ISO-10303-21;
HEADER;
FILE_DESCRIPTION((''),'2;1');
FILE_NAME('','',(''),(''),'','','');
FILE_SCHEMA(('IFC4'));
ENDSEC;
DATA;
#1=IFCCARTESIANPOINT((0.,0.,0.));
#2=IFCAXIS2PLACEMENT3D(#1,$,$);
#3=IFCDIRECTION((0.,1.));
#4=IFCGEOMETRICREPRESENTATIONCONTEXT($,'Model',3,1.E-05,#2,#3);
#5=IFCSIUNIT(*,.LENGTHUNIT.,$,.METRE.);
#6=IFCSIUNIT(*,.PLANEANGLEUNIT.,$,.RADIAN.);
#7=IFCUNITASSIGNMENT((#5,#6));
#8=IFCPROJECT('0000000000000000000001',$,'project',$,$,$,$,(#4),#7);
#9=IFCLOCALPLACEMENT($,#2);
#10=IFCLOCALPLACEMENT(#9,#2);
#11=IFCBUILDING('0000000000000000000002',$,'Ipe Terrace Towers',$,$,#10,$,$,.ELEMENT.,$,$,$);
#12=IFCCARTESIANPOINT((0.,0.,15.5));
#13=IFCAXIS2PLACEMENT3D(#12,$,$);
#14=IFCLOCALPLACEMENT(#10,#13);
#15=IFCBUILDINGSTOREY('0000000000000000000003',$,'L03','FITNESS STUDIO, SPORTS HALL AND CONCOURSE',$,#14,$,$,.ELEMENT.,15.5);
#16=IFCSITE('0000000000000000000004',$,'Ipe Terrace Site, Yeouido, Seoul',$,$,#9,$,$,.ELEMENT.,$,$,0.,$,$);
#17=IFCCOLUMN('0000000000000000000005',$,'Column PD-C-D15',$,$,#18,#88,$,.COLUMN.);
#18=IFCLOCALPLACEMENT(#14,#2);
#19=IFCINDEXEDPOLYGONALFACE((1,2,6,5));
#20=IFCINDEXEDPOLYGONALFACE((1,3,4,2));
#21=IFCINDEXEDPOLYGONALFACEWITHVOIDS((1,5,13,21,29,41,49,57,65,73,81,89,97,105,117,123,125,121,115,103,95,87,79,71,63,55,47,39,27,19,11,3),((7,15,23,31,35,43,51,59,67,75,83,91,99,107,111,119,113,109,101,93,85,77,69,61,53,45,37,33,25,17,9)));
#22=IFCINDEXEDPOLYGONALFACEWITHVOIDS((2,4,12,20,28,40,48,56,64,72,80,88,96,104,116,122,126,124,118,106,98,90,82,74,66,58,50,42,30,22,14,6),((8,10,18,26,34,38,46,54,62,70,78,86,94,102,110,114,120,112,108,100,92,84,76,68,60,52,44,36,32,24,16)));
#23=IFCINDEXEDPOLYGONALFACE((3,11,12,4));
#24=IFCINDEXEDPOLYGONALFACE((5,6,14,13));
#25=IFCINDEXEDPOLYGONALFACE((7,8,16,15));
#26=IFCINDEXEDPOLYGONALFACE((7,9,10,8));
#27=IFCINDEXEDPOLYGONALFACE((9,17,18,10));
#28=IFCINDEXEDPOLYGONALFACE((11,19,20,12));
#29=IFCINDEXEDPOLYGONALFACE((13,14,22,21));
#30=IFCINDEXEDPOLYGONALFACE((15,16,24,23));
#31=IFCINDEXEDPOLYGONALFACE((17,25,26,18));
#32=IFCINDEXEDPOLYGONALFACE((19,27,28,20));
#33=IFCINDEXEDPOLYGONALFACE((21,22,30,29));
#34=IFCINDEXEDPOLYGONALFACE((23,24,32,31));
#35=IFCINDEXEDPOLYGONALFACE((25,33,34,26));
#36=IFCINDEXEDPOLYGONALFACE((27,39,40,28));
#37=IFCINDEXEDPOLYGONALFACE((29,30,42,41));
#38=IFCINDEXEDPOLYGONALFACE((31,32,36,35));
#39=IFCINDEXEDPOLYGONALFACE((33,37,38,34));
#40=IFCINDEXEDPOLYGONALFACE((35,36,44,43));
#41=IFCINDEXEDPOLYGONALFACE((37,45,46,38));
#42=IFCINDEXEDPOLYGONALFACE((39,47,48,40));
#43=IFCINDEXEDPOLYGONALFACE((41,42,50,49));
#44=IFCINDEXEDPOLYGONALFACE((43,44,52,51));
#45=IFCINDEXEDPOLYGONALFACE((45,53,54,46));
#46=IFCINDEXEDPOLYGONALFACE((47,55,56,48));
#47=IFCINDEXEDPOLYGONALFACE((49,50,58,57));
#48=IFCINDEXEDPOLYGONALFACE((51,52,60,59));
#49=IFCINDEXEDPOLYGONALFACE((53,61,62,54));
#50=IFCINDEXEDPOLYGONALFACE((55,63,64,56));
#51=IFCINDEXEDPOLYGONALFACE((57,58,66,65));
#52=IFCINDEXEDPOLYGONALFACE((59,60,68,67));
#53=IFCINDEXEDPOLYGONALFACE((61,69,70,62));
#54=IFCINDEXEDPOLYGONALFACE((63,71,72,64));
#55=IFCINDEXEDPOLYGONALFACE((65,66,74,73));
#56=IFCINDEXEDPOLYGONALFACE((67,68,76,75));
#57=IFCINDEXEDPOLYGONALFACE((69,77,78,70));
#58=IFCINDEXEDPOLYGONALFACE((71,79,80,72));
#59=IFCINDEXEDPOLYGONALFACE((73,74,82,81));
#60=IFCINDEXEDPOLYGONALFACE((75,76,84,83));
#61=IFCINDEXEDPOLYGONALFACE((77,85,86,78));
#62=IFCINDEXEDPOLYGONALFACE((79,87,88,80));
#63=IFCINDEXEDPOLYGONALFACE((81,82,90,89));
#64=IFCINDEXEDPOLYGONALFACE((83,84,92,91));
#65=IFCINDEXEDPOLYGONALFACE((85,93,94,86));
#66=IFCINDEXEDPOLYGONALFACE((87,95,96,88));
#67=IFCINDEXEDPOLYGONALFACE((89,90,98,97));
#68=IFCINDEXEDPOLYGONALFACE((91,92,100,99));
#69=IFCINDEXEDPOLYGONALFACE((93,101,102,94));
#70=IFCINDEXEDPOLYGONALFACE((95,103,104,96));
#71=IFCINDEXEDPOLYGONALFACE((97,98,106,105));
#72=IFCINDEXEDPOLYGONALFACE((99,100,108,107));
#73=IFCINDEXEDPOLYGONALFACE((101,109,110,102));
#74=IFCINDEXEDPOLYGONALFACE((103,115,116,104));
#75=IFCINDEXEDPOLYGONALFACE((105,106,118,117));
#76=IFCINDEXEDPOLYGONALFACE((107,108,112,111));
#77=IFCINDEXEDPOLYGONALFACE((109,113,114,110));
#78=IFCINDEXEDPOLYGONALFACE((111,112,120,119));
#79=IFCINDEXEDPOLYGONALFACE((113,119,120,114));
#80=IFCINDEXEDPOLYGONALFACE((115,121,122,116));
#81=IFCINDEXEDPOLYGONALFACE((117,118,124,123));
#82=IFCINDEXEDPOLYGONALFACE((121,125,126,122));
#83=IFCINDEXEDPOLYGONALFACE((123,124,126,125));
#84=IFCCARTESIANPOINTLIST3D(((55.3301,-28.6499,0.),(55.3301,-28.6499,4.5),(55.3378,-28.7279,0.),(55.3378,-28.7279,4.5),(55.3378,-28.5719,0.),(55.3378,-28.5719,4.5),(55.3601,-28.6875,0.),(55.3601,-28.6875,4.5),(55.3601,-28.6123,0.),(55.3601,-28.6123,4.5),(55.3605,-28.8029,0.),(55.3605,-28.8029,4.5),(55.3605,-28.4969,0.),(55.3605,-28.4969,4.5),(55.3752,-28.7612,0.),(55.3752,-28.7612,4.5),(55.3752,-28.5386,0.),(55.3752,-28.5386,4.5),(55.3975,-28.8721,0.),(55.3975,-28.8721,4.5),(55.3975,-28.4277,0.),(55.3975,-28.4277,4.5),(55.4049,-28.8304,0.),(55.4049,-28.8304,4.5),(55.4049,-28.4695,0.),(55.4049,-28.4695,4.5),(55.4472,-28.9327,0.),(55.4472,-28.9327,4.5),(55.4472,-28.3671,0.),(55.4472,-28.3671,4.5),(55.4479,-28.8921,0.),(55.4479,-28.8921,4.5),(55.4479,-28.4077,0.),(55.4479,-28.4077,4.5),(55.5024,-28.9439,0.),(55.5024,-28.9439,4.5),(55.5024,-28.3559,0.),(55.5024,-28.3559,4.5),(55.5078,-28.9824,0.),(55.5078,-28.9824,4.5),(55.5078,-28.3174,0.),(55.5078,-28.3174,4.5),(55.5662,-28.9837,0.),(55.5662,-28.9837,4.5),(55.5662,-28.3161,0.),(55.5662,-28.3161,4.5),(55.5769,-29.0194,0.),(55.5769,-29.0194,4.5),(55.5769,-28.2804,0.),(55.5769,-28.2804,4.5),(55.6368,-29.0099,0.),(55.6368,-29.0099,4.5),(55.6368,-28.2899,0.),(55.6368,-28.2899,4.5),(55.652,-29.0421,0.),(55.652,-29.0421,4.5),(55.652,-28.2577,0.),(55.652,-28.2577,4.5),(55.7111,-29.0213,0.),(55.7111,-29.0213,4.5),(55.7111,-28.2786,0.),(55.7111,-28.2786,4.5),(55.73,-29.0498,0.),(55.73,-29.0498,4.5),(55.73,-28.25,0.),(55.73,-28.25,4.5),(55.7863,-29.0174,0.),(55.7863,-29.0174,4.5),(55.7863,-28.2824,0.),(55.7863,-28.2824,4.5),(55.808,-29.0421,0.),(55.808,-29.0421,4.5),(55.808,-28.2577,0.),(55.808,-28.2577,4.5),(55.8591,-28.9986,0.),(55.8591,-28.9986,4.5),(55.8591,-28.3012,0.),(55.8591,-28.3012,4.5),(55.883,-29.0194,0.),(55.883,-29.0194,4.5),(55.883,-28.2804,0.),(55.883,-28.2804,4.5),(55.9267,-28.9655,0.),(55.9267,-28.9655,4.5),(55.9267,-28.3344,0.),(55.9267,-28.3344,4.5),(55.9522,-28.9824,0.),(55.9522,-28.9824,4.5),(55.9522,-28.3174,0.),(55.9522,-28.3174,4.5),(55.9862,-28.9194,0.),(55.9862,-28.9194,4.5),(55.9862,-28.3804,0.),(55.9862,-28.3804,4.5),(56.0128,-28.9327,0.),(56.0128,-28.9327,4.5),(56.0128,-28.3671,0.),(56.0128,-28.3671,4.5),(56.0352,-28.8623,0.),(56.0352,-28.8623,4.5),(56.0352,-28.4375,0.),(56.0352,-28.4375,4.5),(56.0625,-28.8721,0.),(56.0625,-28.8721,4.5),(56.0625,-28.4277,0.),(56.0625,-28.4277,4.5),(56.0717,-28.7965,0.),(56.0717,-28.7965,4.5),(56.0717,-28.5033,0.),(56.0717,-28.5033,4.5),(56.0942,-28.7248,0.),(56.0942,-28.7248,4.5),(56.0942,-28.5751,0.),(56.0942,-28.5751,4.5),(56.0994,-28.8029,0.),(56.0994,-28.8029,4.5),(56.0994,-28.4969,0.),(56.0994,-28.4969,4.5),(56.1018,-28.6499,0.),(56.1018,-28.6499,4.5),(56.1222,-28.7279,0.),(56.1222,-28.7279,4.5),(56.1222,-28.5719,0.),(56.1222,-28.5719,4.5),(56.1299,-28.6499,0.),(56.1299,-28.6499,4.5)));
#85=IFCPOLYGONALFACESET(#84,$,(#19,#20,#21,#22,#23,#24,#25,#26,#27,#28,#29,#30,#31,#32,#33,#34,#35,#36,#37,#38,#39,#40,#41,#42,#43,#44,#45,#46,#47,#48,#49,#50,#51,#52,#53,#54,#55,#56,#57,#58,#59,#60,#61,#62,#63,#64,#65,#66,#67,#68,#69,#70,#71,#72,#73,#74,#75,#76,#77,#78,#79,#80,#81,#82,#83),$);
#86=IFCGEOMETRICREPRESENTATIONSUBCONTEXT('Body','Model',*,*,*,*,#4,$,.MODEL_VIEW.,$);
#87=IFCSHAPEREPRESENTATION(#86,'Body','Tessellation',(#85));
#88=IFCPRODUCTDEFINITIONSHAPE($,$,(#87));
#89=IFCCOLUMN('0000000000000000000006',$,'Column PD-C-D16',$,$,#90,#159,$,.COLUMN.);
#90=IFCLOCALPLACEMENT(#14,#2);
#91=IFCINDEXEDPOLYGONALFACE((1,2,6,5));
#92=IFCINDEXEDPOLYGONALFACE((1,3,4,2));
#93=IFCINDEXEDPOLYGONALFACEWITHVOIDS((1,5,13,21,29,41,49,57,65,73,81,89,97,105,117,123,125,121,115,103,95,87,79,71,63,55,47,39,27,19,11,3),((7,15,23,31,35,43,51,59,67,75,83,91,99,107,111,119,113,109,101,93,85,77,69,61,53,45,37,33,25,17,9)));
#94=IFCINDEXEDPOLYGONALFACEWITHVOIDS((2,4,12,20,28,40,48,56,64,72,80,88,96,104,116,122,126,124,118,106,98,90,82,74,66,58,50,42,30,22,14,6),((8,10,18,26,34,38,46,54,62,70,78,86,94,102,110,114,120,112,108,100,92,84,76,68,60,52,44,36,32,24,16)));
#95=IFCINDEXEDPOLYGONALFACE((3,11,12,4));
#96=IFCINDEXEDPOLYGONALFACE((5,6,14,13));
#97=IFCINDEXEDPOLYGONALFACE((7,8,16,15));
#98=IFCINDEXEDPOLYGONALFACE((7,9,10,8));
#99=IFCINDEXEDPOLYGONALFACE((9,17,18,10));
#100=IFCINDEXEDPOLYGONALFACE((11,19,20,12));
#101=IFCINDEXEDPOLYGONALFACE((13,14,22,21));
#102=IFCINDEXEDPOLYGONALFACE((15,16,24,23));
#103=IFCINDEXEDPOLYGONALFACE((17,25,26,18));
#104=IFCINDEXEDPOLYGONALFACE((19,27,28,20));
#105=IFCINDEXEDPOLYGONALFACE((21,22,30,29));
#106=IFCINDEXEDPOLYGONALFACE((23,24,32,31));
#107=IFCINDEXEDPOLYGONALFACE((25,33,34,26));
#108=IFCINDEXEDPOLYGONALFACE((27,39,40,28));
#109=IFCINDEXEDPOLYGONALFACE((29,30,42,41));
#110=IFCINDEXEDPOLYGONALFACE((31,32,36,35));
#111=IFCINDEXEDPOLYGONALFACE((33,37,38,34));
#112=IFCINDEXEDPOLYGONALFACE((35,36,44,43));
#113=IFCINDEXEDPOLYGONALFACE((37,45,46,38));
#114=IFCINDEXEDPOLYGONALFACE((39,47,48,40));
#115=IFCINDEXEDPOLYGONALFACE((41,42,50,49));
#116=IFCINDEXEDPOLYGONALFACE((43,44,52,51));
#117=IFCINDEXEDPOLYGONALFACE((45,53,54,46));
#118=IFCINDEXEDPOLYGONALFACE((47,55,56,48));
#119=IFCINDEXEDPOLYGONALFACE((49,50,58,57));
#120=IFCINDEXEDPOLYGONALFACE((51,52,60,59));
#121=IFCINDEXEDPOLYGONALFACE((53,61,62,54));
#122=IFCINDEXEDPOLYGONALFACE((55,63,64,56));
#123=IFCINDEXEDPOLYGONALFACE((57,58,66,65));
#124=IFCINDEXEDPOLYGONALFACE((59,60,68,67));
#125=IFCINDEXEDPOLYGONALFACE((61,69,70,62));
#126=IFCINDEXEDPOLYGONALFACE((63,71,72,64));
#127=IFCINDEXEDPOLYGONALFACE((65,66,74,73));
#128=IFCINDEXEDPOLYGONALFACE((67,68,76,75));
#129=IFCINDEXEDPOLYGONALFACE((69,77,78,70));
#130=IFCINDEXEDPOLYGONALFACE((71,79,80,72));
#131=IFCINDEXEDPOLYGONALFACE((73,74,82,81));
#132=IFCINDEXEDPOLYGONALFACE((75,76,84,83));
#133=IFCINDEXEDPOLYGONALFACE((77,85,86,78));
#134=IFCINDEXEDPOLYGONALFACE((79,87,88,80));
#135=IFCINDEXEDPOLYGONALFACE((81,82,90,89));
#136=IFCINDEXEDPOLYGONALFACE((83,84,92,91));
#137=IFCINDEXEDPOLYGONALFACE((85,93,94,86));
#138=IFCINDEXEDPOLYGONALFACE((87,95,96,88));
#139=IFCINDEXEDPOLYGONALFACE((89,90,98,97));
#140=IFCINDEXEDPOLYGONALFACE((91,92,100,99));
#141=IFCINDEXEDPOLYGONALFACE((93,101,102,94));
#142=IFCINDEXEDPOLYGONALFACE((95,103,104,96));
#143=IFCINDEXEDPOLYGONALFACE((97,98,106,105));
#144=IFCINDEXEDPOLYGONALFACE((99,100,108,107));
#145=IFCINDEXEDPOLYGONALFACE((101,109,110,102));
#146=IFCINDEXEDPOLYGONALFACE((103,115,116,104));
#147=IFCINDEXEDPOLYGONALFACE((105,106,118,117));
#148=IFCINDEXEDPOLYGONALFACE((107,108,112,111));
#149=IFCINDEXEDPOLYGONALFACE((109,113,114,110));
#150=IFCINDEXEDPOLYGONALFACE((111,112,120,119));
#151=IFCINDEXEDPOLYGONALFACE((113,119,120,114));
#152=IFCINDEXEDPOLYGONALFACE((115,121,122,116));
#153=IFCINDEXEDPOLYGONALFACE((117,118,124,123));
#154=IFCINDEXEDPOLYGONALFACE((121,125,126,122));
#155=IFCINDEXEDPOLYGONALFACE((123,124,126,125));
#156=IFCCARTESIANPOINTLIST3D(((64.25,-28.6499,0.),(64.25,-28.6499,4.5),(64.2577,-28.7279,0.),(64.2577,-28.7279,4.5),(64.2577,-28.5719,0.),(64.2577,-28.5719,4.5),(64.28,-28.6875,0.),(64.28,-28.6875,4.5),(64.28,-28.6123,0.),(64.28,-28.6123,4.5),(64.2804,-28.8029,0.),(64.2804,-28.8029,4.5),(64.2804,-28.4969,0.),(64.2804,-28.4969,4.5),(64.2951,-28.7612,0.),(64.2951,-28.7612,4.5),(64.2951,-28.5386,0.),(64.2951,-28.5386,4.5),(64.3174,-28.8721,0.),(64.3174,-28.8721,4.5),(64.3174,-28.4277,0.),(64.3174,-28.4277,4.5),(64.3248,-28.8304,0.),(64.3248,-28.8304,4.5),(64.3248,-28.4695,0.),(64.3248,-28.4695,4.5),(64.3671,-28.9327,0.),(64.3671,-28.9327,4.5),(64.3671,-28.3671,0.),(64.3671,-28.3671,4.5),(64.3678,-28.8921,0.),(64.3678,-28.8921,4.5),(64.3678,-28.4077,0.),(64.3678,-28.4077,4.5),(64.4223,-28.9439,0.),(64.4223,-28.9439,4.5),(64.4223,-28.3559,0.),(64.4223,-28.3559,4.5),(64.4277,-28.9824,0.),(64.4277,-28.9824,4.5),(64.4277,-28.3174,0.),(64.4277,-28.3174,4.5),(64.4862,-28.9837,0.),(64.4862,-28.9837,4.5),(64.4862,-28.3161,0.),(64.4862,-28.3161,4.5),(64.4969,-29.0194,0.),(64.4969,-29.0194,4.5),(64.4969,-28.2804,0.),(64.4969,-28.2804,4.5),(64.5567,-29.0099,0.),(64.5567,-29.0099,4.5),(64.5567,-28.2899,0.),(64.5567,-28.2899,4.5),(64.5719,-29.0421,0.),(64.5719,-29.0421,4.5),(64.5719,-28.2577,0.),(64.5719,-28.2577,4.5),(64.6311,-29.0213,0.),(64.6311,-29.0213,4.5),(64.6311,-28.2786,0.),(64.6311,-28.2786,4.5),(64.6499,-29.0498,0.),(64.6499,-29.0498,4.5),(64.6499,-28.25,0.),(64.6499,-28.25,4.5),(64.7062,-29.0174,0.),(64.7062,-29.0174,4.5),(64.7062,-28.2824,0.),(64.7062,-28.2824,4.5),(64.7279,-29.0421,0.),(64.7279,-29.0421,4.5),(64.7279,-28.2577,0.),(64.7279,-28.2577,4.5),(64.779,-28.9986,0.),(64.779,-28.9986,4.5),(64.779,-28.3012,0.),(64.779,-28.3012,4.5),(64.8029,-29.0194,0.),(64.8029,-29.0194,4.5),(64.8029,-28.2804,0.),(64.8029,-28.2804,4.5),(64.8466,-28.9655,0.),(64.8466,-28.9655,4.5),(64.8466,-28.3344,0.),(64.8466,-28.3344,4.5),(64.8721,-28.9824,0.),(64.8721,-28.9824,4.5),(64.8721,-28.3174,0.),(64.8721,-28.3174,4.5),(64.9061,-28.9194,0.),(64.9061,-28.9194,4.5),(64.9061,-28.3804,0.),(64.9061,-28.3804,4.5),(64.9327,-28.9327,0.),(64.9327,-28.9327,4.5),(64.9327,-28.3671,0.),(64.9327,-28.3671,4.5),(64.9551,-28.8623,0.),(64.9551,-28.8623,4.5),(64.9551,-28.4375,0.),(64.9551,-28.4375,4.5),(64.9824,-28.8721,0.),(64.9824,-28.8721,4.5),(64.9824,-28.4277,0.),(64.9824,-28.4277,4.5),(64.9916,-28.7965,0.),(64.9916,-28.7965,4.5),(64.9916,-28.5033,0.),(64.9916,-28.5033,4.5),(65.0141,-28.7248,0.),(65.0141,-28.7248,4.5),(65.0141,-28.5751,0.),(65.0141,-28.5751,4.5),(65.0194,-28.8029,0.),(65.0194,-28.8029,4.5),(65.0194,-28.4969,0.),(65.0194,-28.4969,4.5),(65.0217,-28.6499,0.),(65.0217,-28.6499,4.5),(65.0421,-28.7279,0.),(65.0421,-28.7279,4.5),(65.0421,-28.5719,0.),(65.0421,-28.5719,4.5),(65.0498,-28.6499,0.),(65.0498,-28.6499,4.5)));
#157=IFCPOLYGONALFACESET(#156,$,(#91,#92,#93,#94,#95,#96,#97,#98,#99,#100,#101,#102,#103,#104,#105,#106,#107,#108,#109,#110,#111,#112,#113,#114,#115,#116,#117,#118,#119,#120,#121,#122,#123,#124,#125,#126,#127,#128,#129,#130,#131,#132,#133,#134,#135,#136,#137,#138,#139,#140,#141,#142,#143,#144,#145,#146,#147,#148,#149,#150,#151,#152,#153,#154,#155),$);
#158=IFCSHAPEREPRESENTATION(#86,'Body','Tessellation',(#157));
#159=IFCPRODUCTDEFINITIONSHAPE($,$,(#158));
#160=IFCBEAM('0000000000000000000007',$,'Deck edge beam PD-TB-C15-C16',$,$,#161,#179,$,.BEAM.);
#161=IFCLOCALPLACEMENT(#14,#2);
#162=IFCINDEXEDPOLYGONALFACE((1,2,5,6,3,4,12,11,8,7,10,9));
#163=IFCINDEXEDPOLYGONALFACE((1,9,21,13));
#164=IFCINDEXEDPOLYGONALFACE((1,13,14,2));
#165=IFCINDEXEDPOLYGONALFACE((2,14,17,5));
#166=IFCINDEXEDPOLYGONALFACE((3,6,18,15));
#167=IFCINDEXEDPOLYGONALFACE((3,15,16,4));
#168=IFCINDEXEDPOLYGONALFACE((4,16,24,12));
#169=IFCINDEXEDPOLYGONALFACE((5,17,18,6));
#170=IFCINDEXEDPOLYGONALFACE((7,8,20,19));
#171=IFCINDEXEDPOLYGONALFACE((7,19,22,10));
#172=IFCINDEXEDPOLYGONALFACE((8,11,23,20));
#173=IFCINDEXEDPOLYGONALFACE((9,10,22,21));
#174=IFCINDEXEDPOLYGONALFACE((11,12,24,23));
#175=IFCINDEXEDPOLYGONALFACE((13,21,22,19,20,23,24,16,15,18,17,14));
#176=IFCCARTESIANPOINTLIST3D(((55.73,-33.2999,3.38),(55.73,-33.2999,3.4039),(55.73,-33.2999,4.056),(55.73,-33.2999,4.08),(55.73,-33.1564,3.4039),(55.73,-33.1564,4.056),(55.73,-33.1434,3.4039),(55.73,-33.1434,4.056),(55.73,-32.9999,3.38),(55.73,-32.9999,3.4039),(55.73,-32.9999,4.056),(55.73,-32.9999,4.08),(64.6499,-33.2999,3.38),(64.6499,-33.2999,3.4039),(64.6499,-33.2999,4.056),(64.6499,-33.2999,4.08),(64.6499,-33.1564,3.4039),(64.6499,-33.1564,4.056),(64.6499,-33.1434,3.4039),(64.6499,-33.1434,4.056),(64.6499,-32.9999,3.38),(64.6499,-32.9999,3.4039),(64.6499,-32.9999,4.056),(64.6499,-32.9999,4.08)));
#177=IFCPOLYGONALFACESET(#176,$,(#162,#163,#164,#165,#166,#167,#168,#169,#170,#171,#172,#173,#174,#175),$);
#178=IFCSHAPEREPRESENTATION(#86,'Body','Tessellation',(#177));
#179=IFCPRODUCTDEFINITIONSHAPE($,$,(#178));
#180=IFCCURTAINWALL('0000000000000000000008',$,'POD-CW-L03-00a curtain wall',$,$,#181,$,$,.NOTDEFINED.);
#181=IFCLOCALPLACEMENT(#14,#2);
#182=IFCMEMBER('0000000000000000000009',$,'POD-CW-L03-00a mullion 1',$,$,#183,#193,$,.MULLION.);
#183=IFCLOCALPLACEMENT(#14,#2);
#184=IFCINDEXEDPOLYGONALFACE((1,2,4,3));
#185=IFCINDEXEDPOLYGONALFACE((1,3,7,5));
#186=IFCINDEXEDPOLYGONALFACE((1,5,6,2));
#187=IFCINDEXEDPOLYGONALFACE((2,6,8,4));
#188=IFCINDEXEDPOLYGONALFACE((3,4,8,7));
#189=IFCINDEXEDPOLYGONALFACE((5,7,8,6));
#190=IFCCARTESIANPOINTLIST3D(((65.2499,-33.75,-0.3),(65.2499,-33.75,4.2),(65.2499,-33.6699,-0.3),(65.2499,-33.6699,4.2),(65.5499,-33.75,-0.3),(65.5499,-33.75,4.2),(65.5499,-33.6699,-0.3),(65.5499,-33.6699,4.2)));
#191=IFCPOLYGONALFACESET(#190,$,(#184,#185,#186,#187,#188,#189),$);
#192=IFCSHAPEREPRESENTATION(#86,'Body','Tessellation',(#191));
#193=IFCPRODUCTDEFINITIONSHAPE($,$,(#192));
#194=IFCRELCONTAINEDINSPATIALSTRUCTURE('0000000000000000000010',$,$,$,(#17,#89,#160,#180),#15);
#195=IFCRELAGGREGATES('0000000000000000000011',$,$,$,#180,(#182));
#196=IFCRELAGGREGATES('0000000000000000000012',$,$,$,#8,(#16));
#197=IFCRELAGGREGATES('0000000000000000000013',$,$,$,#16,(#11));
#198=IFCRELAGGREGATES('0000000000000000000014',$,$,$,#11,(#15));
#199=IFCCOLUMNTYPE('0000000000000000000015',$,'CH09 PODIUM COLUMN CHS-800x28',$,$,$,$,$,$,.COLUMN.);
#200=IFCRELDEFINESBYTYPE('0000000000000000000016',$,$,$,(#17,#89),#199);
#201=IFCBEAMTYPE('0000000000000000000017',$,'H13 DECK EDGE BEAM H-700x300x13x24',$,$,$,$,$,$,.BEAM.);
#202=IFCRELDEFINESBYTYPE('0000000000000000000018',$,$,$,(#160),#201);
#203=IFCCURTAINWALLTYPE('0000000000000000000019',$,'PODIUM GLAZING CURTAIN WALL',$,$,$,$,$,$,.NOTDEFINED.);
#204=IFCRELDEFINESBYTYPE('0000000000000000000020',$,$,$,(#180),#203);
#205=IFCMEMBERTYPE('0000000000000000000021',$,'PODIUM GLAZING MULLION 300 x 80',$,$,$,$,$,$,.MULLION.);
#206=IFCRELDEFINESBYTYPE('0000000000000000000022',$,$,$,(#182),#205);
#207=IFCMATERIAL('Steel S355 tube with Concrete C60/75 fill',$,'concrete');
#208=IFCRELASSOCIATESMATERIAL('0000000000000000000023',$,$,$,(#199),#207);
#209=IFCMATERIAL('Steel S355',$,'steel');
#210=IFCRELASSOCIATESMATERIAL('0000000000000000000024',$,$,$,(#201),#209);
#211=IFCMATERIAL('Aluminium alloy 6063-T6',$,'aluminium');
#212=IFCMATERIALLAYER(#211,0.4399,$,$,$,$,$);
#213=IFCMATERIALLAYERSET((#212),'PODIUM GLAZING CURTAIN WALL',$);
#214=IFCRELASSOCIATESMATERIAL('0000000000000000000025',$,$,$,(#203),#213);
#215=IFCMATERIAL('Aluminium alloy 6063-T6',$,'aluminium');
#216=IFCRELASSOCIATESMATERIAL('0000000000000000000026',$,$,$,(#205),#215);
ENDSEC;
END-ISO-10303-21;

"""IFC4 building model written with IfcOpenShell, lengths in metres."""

from ifc_helpers import new_model, si_unit, direction, frame, origin, origin_2d, place, context, subcontext, project, spatial, rectangle, hollow_circle, i_section, extrude, material, layer, layer_set, material_profile, profile_set, type_object, element, aggregate, save


model = new_model("IFC4")

# Units and contexts
model_context = context("Model", 3, precision=1e-05, world=origin(), true_north=direction((0.0, 1.0)))
body_context = subcontext(model_context, "Body", "Model", "MODEL_VIEW")
ifc_project = project(units=[si_unit("LENGTHUNIT", "METRE"), si_unit("PLANEANGLEUNIT", "RADIAN")], contexts=[model_context])

# Site, building, storey
site_placement = place(None, origin())
site = spatial("IfcSite", under=ifc_project, at=site_placement, Name="Ipe Terrace Site, Yeouido, Seoul", CompositionType="ELEMENT", RefElevation=0.0)
building_placement = place(site_placement, origin())
building = spatial("IfcBuilding", under=site, at=building_placement, Name="Ipe Terrace Towers", CompositionType="ELEMENT")
storey_placement = place(building_placement, frame((0.0, 0.0, 15.5)))
storey = spatial("IfcBuildingStorey", under=building, at=storey_placement, Name="L03", Description="FITNESS STUDIO, SPORTS HALL AND CONCOURSE", CompositionType="ELEMENT", Elevation=15.5)

# Columns
ifc_material_1 = material(Name="Steel S355 tube with Concrete C60/75 fill", Category="concrete")
ifc_material_profile_1 = material_profile(ifc_material_1, hollow_circle(Radius=0.3999, WallThickness=0.0281, at=origin_2d()), Name="CHS-800x28")
ifc_profile_set_1 = profile_set([ifc_material_profile_1], Name="Steel S355 tube with Concrete C60/75 fill")
column_type = type_object("IfcColumnType", Name="CH09 PODIUM COLUMN CHS-800x28", PredefinedType="COLUMN", material=ifc_profile_set_1)
for number, where, z_axis, x_axis, name in (
    (1, (55.73, -28.6499, 0.0), (0.0, 0.0, 1.0), (1.0, 0.0, 0.0), "Column PD-C-D15"),
    (2, (64.6499, -28.6499, 0.0), (0.0, 0.0, 1.0), (1.0, 0.0, 0.0), "Column PD-C-D16"),
):
    element("IfcColumn", number, at=place(storey_placement, frame(where, z_axis=z_axis, x_axis=x_axis)), inside=storey, type_object=column_type, Name=name, PredefinedType="COLUMN", context=body_context, shape_type="SweptSolid", body=[
        extrude(hollow_circle(Radius=0.3999, WallThickness=0.0281, at=origin_2d()), origin(), (0.0, 0.0, 1.0), 4.5),
    ])

# Beam
ifc_material_2 = material(Name="Steel S355", Category="steel")
ifc_material_profile_2 = material_profile(ifc_material_2, i_section(OverallWidth=0.3, OverallDepth=0.7, WebThickness=0.0129, FlangeThickness=0.0239, at=origin_2d()), Name="H-700x300x13x24")
ifc_profile_set_2 = profile_set([ifc_material_profile_2], Name="Steel S355")
beam_type = type_object("IfcBeamType", Name="H13 DECK EDGE BEAM H-700x300x13x24", PredefinedType="BEAM", material=ifc_profile_set_2)
beam_placement = place(storey_placement, frame((55.73, -33.1499, 3.73), z_axis=(1.0, 0.0, 0.0), x_axis=(0.0, 1.0, 0.0)))
element("IfcBeam", 3, at=beam_placement, inside=storey, type_object=beam_type, Name="Deck edge beam PD-TB-C15-C16", PredefinedType="BEAM", context=body_context, shape_type="SweptSolid", body=[
    extrude(i_section(OverallWidth=0.3, OverallDepth=0.7, WebThickness=0.0129, FlangeThickness=0.0239, at=origin_2d()), origin(), (0.0, 0.0, 1.0), 8.9199),
])

# Curtain wall, member
ifc_material_3 = material(Name="Aluminium alloy 6063-T6", Category="aluminium")
ifc_layer_1 = layer(ifc_material_3, 0.4399)
ifc_layer_set_1 = layer_set([ifc_layer_1], Name="PODIUM GLAZING CURTAIN WALL")
curtain_wall_type = type_object("IfcCurtainWallType", Name="PODIUM GLAZING CURTAIN WALL", PredefinedType="NOTDEFINED", material=ifc_layer_set_1)
curtain_wall_1_placement = place(storey_placement, origin())
curtain_wall_1 = element("IfcCurtainWall", 4, at=curtain_wall_1_placement, inside=storey, type_object=curtain_wall_type, Name="POD-CW-L03-00a curtain wall", PredefinedType="NOTDEFINED")
ifc_material_4 = material(Name="Aluminium alloy 6063-T6", Category="aluminium")
ifc_material_profile_3 = material_profile(ifc_material_4, rectangle(XDim=0.3, YDim=0.0801, at=origin_2d()), Name="PODIUM GLAZING MULLION 300 x 80")
ifc_profile_set_3 = profile_set([ifc_material_profile_3], Name="Aluminium alloy 6063-T6")
member_type_1 = type_object("IfcMemberType", Name="PODIUM GLAZING MULLION 300 x 80", PredefinedType="MULLION", material=ifc_profile_set_3)
member_1_placement = place(storey_placement, frame((65.3999, -33.71, -0.3), z_axis=(0.0, 0.0, 1.0), x_axis=(1.0, 0.0, 0.0)))
member_1 = element("IfcMember", 5, at=member_1_placement, type_object=member_type_1, Name="POD-CW-L03-00a mullion 1", PredefinedType="MULLION", context=body_context, shape_type="SweptSolid", body=[
    extrude(rectangle(XDim=0.3, YDim=0.0801, at=origin_2d()), origin(), (0.0, 0.0, 1.0), 4.5),
])

aggregate(curtain_wall_1, [member_1])

save(model, "model.ifc")
